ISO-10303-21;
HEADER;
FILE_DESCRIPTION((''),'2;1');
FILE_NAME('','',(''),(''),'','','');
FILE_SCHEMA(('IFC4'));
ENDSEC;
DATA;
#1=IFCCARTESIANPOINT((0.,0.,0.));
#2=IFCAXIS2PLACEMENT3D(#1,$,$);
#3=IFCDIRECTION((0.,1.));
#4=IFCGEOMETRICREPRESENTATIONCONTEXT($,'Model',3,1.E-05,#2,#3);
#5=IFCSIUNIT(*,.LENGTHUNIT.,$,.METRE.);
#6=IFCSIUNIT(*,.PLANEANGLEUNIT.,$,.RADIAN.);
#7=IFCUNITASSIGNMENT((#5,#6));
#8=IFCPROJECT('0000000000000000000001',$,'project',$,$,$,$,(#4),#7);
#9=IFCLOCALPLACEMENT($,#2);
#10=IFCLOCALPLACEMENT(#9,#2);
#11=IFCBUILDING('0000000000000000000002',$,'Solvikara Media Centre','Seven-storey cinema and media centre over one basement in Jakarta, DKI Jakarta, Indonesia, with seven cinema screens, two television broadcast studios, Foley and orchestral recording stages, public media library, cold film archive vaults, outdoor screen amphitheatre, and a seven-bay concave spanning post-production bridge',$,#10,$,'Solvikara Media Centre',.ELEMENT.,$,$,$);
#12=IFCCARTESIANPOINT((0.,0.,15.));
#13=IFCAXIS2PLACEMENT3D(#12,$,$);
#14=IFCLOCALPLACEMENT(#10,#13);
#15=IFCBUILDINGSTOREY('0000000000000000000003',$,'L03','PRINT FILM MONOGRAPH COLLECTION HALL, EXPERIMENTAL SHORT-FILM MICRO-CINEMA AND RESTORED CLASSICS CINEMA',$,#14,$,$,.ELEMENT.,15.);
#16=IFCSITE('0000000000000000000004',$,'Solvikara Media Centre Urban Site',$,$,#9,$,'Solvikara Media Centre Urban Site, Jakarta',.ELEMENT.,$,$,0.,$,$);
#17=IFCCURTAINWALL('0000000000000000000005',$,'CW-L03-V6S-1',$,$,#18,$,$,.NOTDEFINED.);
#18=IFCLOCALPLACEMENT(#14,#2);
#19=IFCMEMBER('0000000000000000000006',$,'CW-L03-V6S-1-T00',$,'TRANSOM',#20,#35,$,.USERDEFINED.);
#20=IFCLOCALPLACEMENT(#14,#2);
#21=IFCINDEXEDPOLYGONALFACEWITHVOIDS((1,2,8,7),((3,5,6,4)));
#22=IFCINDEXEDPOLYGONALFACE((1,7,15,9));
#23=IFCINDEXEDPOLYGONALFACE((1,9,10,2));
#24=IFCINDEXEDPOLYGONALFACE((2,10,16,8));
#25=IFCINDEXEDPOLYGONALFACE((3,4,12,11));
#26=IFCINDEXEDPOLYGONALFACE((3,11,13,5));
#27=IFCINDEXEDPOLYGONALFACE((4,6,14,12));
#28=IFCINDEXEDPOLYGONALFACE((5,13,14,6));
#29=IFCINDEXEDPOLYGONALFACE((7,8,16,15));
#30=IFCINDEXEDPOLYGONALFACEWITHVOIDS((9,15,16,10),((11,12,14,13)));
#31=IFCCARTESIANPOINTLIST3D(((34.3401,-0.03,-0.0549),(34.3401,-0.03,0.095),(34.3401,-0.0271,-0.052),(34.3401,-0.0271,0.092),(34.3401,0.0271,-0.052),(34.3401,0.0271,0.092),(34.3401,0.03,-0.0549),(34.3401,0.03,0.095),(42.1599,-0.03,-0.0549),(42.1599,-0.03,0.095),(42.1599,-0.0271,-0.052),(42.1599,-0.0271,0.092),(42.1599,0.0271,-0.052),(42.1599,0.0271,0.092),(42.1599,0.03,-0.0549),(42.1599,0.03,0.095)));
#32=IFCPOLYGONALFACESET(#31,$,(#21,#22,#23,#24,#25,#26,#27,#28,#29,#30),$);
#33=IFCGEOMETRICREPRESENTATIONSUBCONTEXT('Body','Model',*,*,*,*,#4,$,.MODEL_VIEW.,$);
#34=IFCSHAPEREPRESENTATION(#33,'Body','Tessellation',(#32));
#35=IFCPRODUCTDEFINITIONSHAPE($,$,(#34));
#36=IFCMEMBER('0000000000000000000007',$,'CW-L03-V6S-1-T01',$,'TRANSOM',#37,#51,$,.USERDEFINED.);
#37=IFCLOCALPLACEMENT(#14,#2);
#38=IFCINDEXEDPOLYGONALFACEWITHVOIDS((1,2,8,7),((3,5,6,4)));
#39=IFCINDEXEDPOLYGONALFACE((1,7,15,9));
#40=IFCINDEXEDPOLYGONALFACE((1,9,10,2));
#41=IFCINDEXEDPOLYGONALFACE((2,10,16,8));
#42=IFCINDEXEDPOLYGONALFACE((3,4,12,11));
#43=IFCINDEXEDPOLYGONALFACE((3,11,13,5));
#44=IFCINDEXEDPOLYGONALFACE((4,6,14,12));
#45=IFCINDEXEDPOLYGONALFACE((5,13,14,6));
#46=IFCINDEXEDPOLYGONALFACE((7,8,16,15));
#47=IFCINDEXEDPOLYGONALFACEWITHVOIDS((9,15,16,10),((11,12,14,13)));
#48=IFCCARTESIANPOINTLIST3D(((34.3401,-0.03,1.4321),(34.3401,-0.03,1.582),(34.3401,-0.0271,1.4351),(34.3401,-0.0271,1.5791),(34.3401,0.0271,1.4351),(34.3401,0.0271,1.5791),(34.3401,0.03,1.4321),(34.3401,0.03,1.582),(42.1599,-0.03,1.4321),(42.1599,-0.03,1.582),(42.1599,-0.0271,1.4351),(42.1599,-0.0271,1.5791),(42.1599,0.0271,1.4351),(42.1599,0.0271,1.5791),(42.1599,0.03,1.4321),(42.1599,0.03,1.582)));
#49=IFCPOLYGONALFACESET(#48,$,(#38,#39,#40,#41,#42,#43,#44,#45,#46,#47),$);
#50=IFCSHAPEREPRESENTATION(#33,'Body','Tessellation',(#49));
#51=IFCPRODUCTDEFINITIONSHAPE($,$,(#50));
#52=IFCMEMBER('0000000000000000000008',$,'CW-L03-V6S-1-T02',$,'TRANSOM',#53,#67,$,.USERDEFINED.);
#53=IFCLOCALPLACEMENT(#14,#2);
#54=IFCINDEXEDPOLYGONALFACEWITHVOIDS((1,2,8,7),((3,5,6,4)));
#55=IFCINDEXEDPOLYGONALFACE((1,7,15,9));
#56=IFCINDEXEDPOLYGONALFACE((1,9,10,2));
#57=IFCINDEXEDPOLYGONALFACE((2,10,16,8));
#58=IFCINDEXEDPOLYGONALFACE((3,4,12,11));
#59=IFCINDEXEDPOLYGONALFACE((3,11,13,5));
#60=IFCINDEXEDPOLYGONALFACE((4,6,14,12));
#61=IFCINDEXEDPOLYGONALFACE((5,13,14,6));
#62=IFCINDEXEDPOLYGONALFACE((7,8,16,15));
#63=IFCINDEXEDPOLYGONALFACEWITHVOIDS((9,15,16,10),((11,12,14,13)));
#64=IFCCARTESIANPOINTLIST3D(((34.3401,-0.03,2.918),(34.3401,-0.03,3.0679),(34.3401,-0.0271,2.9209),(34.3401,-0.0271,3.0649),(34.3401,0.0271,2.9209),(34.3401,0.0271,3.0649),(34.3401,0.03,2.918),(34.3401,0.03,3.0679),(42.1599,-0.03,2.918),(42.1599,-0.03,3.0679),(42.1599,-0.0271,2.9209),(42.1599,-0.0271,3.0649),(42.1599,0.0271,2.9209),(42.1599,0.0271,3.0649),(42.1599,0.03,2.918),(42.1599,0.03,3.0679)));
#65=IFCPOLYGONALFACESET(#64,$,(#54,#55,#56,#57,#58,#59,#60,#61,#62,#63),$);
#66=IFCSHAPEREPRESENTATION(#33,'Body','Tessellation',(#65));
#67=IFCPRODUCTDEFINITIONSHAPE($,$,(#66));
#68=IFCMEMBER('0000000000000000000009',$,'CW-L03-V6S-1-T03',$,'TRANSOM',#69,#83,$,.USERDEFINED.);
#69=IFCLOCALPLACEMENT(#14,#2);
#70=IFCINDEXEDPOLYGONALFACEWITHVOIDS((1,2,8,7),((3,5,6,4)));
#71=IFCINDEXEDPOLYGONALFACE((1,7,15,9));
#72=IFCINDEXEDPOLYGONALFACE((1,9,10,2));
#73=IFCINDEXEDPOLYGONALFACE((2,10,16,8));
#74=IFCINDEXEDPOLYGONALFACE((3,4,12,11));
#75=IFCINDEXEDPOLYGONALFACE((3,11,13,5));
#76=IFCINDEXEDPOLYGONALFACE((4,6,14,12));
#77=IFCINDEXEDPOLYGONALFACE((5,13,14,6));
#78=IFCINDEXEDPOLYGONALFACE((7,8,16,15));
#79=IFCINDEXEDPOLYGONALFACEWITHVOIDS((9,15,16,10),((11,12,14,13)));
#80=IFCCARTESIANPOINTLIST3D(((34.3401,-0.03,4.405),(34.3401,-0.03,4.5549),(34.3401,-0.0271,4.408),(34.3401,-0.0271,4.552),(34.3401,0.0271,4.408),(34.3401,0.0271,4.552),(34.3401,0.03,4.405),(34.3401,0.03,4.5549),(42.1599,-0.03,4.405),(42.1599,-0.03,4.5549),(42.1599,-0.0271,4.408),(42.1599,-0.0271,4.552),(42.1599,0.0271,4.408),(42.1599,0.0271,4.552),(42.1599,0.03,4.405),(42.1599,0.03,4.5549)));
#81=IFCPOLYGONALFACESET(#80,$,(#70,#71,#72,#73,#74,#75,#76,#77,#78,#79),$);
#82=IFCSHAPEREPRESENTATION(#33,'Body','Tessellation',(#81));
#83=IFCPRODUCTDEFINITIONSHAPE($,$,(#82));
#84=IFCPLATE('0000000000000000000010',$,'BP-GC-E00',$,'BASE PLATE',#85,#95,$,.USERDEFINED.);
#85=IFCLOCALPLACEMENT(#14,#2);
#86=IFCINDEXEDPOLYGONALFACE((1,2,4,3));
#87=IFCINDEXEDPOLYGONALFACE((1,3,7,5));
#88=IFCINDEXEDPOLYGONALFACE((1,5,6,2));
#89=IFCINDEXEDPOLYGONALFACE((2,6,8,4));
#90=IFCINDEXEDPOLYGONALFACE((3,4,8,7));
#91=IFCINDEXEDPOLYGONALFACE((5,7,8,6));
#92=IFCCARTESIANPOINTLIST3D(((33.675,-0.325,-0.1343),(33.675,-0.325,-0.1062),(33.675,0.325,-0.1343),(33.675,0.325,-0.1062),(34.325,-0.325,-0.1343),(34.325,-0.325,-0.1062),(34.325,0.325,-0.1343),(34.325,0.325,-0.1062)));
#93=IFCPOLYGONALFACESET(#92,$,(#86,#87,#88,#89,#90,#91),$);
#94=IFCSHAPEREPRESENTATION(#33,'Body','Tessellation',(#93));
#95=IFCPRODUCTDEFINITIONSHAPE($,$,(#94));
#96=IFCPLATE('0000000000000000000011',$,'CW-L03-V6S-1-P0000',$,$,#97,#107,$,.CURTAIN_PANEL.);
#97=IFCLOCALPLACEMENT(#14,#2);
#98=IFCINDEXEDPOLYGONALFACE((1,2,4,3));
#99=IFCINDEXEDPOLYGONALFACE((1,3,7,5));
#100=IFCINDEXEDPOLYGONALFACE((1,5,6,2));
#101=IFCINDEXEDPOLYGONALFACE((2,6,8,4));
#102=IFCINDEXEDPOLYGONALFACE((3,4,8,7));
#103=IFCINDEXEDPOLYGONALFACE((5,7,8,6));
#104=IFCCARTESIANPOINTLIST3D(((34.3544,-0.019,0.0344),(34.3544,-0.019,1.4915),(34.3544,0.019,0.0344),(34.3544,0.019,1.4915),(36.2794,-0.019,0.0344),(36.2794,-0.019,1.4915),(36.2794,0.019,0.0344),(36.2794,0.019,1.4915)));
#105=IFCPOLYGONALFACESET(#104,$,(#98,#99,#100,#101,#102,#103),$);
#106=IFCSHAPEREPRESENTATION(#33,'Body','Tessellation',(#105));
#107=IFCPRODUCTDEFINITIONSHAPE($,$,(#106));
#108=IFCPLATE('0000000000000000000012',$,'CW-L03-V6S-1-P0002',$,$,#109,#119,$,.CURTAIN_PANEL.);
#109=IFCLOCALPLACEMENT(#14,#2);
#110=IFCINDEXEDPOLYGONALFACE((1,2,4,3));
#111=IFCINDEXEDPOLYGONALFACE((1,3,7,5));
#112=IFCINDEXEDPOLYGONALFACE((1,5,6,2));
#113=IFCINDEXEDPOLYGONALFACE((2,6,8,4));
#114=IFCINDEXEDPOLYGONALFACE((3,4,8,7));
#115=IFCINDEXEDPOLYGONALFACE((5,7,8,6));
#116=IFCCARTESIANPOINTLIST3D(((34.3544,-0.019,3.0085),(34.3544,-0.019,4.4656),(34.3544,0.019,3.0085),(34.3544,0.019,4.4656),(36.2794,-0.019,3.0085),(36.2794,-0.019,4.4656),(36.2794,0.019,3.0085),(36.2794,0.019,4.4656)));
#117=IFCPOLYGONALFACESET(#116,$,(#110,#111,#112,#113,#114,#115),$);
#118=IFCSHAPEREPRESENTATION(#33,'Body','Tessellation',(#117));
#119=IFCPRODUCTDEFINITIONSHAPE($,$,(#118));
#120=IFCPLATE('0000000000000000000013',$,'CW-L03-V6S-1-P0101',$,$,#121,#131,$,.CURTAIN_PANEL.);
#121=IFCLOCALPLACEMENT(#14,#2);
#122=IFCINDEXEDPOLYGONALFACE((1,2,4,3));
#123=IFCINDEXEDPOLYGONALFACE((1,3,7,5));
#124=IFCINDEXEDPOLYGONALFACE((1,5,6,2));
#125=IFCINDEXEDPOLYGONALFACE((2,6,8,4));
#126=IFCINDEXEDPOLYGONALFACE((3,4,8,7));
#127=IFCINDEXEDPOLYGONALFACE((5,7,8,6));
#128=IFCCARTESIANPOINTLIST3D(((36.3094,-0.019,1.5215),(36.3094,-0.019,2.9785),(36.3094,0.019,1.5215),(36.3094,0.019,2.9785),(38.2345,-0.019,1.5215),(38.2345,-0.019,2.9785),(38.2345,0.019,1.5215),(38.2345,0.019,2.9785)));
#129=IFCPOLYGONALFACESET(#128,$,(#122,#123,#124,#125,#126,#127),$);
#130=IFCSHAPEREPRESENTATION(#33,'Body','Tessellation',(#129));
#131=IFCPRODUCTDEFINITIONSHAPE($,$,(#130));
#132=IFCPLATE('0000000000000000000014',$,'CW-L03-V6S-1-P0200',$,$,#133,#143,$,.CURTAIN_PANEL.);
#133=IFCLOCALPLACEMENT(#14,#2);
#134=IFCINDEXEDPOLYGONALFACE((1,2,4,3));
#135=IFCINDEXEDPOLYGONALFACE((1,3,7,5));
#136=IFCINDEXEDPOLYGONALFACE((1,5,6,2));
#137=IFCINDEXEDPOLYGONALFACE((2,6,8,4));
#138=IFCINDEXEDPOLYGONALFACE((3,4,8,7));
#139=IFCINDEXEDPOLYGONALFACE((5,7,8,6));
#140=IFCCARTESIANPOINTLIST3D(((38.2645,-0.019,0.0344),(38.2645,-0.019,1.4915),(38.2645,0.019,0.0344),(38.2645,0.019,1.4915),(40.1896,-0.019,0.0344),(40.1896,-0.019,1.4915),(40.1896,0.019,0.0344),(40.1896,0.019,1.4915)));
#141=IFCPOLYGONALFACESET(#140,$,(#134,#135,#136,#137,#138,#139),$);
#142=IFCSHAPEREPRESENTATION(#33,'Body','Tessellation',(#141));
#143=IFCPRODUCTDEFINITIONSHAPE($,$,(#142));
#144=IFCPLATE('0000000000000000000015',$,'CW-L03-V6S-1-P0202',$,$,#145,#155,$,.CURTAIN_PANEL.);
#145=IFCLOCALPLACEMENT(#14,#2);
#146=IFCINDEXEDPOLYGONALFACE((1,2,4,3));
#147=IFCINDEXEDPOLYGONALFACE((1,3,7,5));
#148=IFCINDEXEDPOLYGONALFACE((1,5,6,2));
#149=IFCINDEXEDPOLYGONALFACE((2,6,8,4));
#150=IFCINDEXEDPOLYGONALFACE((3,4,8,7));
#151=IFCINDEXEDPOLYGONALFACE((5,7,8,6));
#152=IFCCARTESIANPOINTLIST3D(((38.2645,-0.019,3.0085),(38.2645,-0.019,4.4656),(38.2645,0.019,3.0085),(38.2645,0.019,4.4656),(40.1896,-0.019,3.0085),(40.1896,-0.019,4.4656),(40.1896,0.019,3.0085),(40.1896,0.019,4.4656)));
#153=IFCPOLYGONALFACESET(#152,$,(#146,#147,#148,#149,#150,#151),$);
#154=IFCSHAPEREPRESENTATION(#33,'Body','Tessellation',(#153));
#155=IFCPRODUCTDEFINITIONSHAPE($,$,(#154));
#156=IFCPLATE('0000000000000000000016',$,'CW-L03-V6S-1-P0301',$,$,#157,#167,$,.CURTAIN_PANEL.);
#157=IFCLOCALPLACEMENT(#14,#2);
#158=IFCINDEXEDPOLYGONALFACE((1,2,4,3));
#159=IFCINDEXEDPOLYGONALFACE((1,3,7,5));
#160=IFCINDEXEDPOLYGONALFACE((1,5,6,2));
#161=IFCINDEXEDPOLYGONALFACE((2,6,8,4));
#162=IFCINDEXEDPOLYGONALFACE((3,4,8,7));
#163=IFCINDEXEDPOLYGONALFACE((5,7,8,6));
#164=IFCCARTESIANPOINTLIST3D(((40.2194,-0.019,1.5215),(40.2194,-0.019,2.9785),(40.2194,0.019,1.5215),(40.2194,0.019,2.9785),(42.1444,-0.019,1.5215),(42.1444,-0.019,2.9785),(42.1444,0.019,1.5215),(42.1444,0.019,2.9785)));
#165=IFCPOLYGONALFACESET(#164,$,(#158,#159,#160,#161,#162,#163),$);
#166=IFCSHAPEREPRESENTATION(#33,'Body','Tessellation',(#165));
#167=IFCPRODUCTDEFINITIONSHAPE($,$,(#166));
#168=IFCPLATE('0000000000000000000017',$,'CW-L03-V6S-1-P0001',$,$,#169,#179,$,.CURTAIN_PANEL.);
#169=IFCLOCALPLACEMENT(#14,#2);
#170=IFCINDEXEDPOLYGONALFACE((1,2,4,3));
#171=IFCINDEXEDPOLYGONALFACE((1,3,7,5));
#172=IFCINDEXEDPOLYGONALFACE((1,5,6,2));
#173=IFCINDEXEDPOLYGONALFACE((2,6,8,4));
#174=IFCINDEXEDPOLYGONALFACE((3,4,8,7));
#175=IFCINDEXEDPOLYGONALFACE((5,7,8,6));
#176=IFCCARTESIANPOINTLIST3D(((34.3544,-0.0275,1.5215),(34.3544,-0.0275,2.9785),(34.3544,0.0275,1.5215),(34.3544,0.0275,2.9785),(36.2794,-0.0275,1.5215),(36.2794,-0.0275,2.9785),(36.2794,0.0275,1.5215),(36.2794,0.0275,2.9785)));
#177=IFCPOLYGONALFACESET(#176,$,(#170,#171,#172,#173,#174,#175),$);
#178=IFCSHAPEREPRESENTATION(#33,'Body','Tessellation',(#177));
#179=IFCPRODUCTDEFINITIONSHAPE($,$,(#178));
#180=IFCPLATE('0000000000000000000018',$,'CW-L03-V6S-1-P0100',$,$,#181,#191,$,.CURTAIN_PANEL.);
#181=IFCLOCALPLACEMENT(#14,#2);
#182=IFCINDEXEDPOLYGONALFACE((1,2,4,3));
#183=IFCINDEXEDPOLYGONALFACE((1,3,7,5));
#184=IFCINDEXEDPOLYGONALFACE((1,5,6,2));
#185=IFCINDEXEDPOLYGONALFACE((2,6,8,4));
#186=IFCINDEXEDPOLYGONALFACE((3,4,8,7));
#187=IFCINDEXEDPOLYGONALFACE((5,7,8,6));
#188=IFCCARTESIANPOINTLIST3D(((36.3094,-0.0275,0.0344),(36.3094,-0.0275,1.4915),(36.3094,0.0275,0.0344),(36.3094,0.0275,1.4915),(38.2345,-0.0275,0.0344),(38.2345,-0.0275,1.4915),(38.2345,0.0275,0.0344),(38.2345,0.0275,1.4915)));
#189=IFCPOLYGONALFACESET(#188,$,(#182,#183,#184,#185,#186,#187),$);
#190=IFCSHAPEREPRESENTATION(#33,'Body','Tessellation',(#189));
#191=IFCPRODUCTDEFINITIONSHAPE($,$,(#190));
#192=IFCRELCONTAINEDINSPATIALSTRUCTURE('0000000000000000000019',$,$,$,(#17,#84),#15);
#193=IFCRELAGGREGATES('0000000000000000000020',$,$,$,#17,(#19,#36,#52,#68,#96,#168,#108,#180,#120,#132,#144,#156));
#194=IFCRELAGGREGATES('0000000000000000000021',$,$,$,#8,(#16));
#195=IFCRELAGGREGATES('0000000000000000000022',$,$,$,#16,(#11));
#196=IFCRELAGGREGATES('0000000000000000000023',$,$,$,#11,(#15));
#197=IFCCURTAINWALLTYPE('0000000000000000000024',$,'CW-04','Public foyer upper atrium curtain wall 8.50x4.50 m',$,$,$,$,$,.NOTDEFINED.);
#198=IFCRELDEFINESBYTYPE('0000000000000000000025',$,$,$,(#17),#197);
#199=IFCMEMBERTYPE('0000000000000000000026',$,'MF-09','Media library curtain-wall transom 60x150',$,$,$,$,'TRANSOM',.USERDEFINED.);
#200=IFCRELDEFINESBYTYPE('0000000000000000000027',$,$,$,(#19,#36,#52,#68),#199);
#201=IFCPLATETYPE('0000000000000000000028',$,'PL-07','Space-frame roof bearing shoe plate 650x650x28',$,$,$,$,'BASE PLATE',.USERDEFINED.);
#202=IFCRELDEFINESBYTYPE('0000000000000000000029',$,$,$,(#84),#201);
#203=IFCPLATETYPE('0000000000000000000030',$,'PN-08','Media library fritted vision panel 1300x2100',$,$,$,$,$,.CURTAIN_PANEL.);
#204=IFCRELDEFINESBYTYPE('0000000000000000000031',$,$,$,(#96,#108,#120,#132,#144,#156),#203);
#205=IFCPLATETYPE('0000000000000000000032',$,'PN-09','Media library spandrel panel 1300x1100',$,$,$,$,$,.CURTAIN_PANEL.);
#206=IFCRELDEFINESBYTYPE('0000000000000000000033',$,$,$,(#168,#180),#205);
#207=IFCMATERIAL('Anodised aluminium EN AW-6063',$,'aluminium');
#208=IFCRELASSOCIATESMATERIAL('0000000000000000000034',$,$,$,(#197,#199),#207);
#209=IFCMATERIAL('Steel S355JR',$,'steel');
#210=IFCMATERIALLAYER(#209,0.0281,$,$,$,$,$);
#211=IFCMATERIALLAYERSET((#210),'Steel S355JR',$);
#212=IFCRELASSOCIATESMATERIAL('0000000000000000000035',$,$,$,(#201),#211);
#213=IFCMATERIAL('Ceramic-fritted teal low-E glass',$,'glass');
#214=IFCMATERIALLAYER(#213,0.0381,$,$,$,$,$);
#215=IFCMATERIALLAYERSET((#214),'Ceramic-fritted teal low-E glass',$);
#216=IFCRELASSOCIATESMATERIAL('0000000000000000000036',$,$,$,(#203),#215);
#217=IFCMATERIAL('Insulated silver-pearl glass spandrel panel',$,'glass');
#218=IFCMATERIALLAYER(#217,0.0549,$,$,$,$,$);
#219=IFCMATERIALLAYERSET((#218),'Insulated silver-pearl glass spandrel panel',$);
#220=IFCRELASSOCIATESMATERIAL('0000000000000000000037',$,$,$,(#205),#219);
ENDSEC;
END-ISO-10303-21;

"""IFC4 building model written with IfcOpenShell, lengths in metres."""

from ifc_helpers import new_model, si_unit, direction, frame, origin, origin_2d, place, context, subcontext, project, spatial, rectangle, hollow_rectangle, extrude, material, layer, layer_set, material_profile, profile_set, type_object, element, aggregate, save


model = new_model("IFC4")

# Units and contexts
model_context = context("Model", 3, precision=1e-05, world=origin(), true_north=direction((0.0, 1.0)))
body_context = subcontext(model_context, "Body", "Model", "MODEL_VIEW")
ifc_project = project(units=[si_unit("LENGTHUNIT", "METRE"), si_unit("PLANEANGLEUNIT", "RADIAN")], contexts=[model_context])

# Site, building, storey
site_placement = place(None, origin())
site = spatial("IfcSite", under=ifc_project, at=site_placement, Name="Solvikara Media Centre Urban Site", LongName="Solvikara Media Centre Urban Site, Jakarta", CompositionType="ELEMENT", RefElevation=0.0)
building_placement = place(site_placement, origin())
building = spatial("IfcBuilding", under=site, at=building_placement, Name="Solvikara Media Centre", Description="Seven-storey cinema and media centre over one basement in Jakarta, DKI Jakarta, Indonesia, with seven cinema screens, two television broadcast studios, Foley and orchestral recording stages, public media library, cold film archive vaults, outdoor screen amphitheatre, and a seven-bay concave spanning post-production bridge", LongName="Solvikara Media Centre", CompositionType="ELEMENT")
storey_placement = place(building_placement, frame((0.0, 0.0, 15.0)))
storey = spatial("IfcBuildingStorey", under=building, at=storey_placement, Name="L03", Description="PRINT FILM MONOGRAPH COLLECTION HALL, EXPERIMENTAL SHORT-FILM MICRO-CINEMA AND RESTORED CLASSICS CINEMA", CompositionType="ELEMENT", Elevation=15.0)

# Shared definitions
ifc_material_1 = material(Name="Steel S355JR", Category="steel")

# Curtain wall, members
ifc_material_2 = material(Name="Anodised aluminium EN AW-6063", Category="aluminium")
curtain_wall_type = type_object("IfcCurtainWallType", Name="CW-04", Description="Public foyer upper atrium curtain wall 8.50x4.50 m", PredefinedType="NOTDEFINED", material=ifc_material_2)
curtain_wall_placement = place(storey_placement, origin())
curtain_wall = element("IfcCurtainWall", 1, at=curtain_wall_placement, inside=storey, type_object=curtain_wall_type, Name="CW-L03-V6S-1", PredefinedType="NOTDEFINED")
ifc_material_profile_1 = material_profile(ifc_material_2, hollow_rectangle(XDim=0.0601, YDim=0.1499, WallThickness=0.0029, at=origin_2d()), Name="ALU-T 60x150x3")
ifc_profile_set_1 = profile_set([ifc_material_profile_1], Name="Anodised aluminium EN AW-6063")
member_type_1 = type_object("IfcMemberType", Name="MF-09", Description="Media library curtain-wall transom 60x150", ElementType="TRANSOM", PredefinedType="USERDEFINED", material=ifc_profile_set_1)
member_1_placement = place(storey_placement, frame((34.3401, 0.0, 0.02), z_axis=(1.0, 0.0, 0.0), x_axis=(0.0, 1.0, 0.0)))
member_1 = element("IfcMember", 2, at=member_1_placement, type_object=member_type_1, Name="CW-L03-V6S-1-T00", ObjectType="TRANSOM", PredefinedType="USERDEFINED", context=body_context, shape_type="SweptSolid", body=[
    extrude(hollow_rectangle(XDim=0.0601, YDim=0.1499, WallThickness=0.0029, at=origin_2d()), origin(), (0.0, 0.0, 1.0), 7.8198),
])
member_2_placement = place(storey_placement, frame((34.3401, 0.0, 1.5071), z_axis=(1.0, 0.0, 0.0), x_axis=(0.0, 1.0, 0.0)))
member_2 = element("IfcMember", 3, at=member_2_placement, type_object=member_type_1, Name="CW-L03-V6S-1-T01", ObjectType="TRANSOM", PredefinedType="USERDEFINED", context=body_context, shape_type="SweptSolid", body=[
    extrude(hollow_rectangle(XDim=0.0601, YDim=0.1499, WallThickness=0.0029, at=origin_2d()), origin(), (0.0, 0.0, 1.0), 7.8198),
])
member_3_placement = place(storey_placement, frame((34.3401, 0.0, 2.9929), z_axis=(1.0, 0.0, 0.0), x_axis=(0.0, 1.0, 0.0)))
member_3 = element("IfcMember", 4, at=member_3_placement, type_object=member_type_1, Name="CW-L03-V6S-1-T02", ObjectType="TRANSOM", PredefinedType="USERDEFINED", context=body_context, shape_type="SweptSolid", body=[
    extrude(hollow_rectangle(XDim=0.0601, YDim=0.1499, WallThickness=0.0029, at=origin_2d()), origin(), (0.0, 0.0, 1.0), 7.8198),
])
member_4_placement = place(storey_placement, frame((34.3401, 0.0, 4.48), z_axis=(1.0, 0.0, 0.0), x_axis=(0.0, 1.0, 0.0)))
member_4 = element("IfcMember", 5, at=member_4_placement, type_object=member_type_1, Name="CW-L03-V6S-1-T03", ObjectType="TRANSOM", PredefinedType="USERDEFINED", context=body_context, shape_type="SweptSolid", body=[
    extrude(hollow_rectangle(XDim=0.0601, YDim=0.1499, WallThickness=0.0029, at=origin_2d()), origin(), (0.0, 0.0, 1.0), 7.8198),
])

# Plates
ifc_layer_1 = layer(ifc_material_1, 0.0281)
ifc_layer_set_1 = layer_set([ifc_layer_1], Name="Steel S355JR")
plate_type_1 = type_object("IfcPlateType", Name="PL-07", Description="Space-frame roof bearing shoe plate 650x650x28", ElementType="BASE PLATE", PredefinedType="USERDEFINED", material=ifc_layer_set_1)
plate_1_placement = place(storey_placement, frame((34.0, 0.0, -0.1343), z_axis=(0.0, 0.0, 1.0), x_axis=(1.0, 0.0, 0.0)))
element("IfcPlate", 6, at=plate_1_placement, inside=storey, type_object=plate_type_1, Name="BP-GC-E00", ObjectType="BASE PLATE", PredefinedType="USERDEFINED", context=body_context, shape_type="SweptSolid", body=[
    extrude(rectangle(XDim=0.6499, YDim=0.6499, at=origin_2d()), origin(), (0.0, 0.0, 1.0), 0.0281),
])
ifc_material_3 = material(Name="Ceramic-fritted teal low-E glass", Category="glass")
ifc_layer_2 = layer(ifc_material_3, 0.0381)
ifc_layer_set_2 = layer_set([ifc_layer_2], Name="Ceramic-fritted teal low-E glass")
plate_type_2 = type_object("IfcPlateType", Name="PN-08", Description="Media library fritted vision panel 1300x2100", PredefinedType="CURTAIN_PANEL", material=ifc_layer_set_2)
plate_2_placement = place(storey_placement, frame((35.3169, 0.0, 0.0344), z_axis=(0.0, 0.0, 1.0), x_axis=(1.0, 0.0, 0.0)))
plate_2 = element("IfcPlate", 7, at=plate_2_placement, type_object=plate_type_2, Name="CW-L03-V6S-1-P0000", PredefinedType="CURTAIN_PANEL", context=body_context, shape_type="SweptSolid", body=[
    extrude(rectangle(XDim=1.925, YDim=0.0381, at=origin_2d()), origin(), (0.0, 0.0, 1.0), 1.457),
])
plate_3_placement = place(storey_placement, frame((35.3169, 0.0, 3.0085), z_axis=(0.0, 0.0, 1.0), x_axis=(1.0, 0.0, 0.0)))
plate_3 = element("IfcPlate", 8, at=plate_3_placement, type_object=plate_type_2, Name="CW-L03-V6S-1-P0002", PredefinedType="CURTAIN_PANEL", context=body_context, shape_type="SweptSolid", body=[
    extrude(rectangle(XDim=1.925, YDim=0.0381, at=origin_2d()), origin(), (0.0, 0.0, 1.0), 1.457),
])
plate_4_placement = place(storey_placement, frame((37.272, 0.0, 1.5215), z_axis=(0.0, 0.0, 1.0), x_axis=(1.0, 0.0, 0.0)))
plate_4 = element("IfcPlate", 9, at=plate_4_placement, type_object=plate_type_2, Name="CW-L03-V6S-1-P0101", PredefinedType="CURTAIN_PANEL", context=body_context, shape_type="SweptSolid", body=[
    extrude(rectangle(XDim=1.925, YDim=0.0381, at=origin_2d()), origin(), (0.0, 0.0, 1.0), 1.457),
])
plate_5_placement = place(storey_placement, frame((39.2271, 0.0, 0.0344), z_axis=(0.0, 0.0, 1.0), x_axis=(1.0, 0.0, 0.0)))
plate_5 = element("IfcPlate", 10, at=plate_5_placement, type_object=plate_type_2, Name="CW-L03-V6S-1-P0200", PredefinedType="CURTAIN_PANEL", context=body_context, shape_type="SweptSolid", body=[
    extrude(rectangle(XDim=1.925, YDim=0.0381, at=origin_2d()), origin(), (0.0, 0.0, 1.0), 1.457),
])
plate_6_placement = place(storey_placement, frame((39.2271, 0.0, 3.0085), z_axis=(0.0, 0.0, 1.0), x_axis=(1.0, 0.0, 0.0)))
plate_6 = element("IfcPlate", 11, at=plate_6_placement, type_object=plate_type_2, Name="CW-L03-V6S-1-P0202", PredefinedType="CURTAIN_PANEL", context=body_context, shape_type="SweptSolid", body=[
    extrude(rectangle(XDim=1.925, YDim=0.0381, at=origin_2d()), origin(), (0.0, 0.0, 1.0), 1.457),
])
plate_7_placement = place(storey_placement, frame((41.1819, 0.0, 1.5215), z_axis=(0.0, 0.0, 1.0), x_axis=(1.0, 0.0, 0.0)))
plate_7 = element("IfcPlate", 12, at=plate_7_placement, type_object=plate_type_2, Name="CW-L03-V6S-1-P0301", PredefinedType="CURTAIN_PANEL", context=body_context, shape_type="SweptSolid", body=[
    extrude(rectangle(XDim=1.925, YDim=0.0381, at=origin_2d()), origin(), (0.0, 0.0, 1.0), 1.457),
])
ifc_material_4 = material(Name="Insulated silver-pearl glass spandrel panel", Category="glass")
ifc_layer_3 = layer(ifc_material_4, 0.0549)
ifc_layer_set_3 = layer_set([ifc_layer_3], Name="Insulated silver-pearl glass spandrel panel")
plate_type_3 = type_object("IfcPlateType", Name="PN-09", Description="Media library spandrel panel 1300x1100", PredefinedType="CURTAIN_PANEL", material=ifc_layer_set_3)
plate_8_placement = place(storey_placement, frame((35.3169, 0.0, 1.5215), z_axis=(0.0, 0.0, 1.0), x_axis=(1.0, 0.0, 0.0)))
plate_8 = element("IfcPlate", 13, at=plate_8_placement, type_object=plate_type_3, Name="CW-L03-V6S-1-P0001", PredefinedType="CURTAIN_PANEL", context=body_context, shape_type="SweptSolid", body=[
    extrude(rectangle(XDim=1.925, YDim=0.0549, at=origin_2d()), origin(), (0.0, 0.0, 1.0), 1.457),
])
plate_9_placement = place(storey_placement, frame((37.272, 0.0, 0.0344), z_axis=(0.0, 0.0, 1.0), x_axis=(1.0, 0.0, 0.0)))
plate_9 = element("IfcPlate", 14, at=plate_9_placement, type_object=plate_type_3, Name="CW-L03-V6S-1-P0100", PredefinedType="CURTAIN_PANEL", context=body_context, shape_type="SweptSolid", body=[
    extrude(rectangle(XDim=1.925, YDim=0.0549, at=origin_2d()), origin(), (0.0, 0.0, 1.0), 1.457),
])
aggregate(curtain_wall, [member_1, member_2, member_3, member_4, plate_2, plate_8, plate_3, plate_9, plate_4, plate_5, plate_6, plate_7])

save(model, "model.ifc")
